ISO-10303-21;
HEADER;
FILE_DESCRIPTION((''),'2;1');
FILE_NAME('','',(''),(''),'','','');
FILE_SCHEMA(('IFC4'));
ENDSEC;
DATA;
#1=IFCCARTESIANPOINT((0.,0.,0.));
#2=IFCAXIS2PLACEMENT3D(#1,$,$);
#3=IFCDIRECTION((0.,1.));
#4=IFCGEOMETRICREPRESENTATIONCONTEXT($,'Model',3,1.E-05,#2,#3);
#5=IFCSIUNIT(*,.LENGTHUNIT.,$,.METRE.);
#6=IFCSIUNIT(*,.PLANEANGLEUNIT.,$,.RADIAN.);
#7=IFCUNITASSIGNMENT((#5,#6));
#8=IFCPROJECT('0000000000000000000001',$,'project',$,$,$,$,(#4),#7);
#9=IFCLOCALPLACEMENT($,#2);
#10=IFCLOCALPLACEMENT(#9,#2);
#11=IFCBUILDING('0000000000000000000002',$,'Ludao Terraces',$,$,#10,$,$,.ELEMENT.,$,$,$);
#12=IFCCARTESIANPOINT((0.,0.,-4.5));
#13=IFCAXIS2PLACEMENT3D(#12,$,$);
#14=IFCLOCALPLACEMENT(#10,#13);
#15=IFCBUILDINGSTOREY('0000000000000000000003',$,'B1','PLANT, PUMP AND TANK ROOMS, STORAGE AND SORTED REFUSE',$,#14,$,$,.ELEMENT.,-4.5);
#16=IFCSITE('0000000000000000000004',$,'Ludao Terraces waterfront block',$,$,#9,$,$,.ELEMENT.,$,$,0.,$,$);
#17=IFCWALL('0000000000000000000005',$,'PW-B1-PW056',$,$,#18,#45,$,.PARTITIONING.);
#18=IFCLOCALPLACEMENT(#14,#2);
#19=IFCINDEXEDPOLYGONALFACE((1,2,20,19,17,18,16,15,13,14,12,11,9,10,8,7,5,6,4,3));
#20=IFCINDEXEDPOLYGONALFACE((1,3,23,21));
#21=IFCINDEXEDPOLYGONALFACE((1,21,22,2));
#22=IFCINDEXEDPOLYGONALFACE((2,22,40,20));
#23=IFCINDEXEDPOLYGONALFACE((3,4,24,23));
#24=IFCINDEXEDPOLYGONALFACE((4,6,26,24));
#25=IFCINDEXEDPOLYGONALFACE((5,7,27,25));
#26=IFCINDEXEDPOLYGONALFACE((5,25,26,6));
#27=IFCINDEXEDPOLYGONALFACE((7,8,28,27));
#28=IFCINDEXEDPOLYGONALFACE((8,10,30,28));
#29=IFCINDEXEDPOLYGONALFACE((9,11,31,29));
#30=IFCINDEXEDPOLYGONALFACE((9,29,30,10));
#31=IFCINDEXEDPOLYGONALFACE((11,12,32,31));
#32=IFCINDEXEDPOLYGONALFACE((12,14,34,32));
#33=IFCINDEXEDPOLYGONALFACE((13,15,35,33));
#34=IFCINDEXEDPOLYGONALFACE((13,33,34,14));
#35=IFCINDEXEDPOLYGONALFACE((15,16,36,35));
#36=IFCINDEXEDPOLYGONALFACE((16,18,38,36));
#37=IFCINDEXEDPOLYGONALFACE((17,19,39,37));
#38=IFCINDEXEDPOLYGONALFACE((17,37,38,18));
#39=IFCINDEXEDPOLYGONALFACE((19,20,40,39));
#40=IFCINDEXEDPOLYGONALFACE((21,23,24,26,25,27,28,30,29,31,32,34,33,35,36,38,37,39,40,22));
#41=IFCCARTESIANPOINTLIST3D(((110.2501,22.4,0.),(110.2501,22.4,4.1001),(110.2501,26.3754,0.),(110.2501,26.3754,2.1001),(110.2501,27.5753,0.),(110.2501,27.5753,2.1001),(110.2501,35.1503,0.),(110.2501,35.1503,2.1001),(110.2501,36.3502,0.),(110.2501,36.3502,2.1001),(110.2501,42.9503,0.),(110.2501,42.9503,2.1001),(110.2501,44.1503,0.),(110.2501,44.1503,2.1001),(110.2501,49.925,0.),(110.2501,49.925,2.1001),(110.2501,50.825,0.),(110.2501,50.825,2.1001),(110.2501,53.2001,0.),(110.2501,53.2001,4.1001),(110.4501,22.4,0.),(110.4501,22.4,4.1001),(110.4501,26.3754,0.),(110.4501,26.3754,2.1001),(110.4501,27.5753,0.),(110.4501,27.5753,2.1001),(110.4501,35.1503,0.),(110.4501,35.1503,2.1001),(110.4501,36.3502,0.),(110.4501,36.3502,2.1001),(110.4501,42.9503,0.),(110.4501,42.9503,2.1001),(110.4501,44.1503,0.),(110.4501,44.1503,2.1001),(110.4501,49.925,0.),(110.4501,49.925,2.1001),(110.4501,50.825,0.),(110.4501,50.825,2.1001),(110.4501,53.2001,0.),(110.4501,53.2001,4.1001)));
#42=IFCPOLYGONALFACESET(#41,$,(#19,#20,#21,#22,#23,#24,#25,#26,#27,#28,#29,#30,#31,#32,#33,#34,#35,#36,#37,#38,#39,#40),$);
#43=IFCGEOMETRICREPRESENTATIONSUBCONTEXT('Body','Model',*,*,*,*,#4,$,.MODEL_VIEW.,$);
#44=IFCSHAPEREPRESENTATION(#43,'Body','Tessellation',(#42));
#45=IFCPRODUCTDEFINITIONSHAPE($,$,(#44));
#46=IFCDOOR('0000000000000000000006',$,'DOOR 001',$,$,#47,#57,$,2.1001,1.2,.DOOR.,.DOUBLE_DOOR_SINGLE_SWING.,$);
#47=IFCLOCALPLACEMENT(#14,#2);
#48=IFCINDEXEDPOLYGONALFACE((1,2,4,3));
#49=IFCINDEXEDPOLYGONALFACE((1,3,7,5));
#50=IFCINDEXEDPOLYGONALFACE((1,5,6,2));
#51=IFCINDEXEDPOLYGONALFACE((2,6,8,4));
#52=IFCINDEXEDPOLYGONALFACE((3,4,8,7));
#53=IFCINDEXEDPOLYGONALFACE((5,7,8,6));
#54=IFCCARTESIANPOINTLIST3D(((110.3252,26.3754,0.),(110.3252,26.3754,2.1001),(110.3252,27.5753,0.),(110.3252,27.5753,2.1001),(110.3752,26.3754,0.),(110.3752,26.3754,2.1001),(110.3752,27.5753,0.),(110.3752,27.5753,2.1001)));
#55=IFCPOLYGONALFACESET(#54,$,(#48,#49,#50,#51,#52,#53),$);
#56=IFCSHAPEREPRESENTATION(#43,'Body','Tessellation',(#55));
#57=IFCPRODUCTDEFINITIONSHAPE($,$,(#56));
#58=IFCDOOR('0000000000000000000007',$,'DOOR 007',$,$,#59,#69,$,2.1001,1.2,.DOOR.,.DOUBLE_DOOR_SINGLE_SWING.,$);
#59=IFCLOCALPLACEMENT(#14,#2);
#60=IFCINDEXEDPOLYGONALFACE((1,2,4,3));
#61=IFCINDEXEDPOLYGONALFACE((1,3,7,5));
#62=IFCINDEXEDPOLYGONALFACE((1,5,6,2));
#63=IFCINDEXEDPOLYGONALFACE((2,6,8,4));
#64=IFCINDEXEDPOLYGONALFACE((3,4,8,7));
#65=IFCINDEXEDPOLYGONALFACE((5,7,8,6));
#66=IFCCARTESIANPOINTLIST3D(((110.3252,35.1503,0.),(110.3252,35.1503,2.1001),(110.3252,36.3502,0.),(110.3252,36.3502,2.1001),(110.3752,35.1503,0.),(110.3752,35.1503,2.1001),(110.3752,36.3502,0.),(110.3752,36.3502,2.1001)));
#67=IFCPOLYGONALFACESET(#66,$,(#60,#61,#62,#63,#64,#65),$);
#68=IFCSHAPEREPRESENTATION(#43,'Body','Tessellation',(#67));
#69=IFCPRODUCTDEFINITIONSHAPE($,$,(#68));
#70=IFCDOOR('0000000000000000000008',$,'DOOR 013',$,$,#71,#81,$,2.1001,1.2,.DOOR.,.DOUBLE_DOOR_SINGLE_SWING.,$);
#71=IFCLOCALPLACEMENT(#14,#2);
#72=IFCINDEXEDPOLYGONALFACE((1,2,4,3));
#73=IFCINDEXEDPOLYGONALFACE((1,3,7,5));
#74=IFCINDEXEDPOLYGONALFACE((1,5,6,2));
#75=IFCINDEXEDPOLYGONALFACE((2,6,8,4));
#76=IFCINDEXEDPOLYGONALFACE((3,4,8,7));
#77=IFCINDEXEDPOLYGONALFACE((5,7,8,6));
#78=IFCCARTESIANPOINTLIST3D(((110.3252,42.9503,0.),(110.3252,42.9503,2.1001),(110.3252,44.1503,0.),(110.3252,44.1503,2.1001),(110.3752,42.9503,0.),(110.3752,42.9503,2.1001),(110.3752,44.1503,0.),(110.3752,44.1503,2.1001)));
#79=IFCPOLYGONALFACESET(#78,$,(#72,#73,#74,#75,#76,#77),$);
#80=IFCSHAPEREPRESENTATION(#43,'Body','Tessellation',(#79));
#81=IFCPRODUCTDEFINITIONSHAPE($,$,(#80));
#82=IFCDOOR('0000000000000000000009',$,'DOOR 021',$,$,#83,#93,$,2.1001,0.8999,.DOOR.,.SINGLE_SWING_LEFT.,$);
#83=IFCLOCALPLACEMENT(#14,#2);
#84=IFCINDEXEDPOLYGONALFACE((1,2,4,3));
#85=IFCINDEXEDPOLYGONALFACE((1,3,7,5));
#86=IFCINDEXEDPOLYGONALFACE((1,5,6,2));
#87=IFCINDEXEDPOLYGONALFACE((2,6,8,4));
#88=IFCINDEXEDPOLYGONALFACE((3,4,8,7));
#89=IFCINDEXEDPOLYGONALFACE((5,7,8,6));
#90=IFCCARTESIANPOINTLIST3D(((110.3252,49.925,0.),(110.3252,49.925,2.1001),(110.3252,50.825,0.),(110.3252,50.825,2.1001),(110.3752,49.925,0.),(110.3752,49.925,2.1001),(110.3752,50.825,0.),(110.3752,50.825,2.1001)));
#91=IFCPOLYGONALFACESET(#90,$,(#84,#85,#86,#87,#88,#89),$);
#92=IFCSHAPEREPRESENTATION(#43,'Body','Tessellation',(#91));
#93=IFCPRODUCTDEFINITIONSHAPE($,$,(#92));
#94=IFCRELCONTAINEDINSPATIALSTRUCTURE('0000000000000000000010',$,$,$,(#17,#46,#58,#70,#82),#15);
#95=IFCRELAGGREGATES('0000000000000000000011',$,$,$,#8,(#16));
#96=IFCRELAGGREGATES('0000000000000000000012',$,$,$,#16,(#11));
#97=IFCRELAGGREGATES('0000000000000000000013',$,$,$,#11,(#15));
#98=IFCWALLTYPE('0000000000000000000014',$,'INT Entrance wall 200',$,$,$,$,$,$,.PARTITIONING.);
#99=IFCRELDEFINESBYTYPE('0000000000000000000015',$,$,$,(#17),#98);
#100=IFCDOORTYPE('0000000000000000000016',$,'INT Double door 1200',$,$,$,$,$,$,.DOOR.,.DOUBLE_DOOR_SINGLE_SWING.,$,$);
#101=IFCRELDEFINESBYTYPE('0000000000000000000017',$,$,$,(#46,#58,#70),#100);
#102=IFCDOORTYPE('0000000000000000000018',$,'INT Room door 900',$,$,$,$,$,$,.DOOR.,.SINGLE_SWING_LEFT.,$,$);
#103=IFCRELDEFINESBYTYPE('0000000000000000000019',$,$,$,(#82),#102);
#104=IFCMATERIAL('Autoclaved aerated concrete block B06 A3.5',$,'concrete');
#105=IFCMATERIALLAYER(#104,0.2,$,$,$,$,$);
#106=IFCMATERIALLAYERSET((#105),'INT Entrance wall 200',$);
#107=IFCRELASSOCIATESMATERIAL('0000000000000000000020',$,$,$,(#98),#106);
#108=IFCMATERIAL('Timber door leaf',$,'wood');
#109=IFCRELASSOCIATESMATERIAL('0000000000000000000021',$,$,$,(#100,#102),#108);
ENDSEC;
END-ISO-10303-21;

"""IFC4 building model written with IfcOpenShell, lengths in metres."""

from ifc_helpers import new_model, si_unit, direction, frame, frame_2d, origin, place, context, subcontext, project, spatial, rectangle, extrude, material, layer, layer_set, type_object, element, fill, save


model = new_model("IFC4")

# Units and contexts
model_context = context("Model", 3, precision=1e-05, world=origin(), true_north=direction((0.0, 1.0)))
body_context = subcontext(model_context, "Body", "Model", "MODEL_VIEW")
ifc_project = project(units=[si_unit("LENGTHUNIT", "METRE"), si_unit("PLANEANGLEUNIT", "RADIAN")], contexts=[model_context])

# Site, building, storey
site_placement = place(None, origin())
site = spatial("IfcSite", under=ifc_project, at=site_placement, Name="Ludao Terraces waterfront block", CompositionType="ELEMENT", RefElevation=0.0)
building_placement = place(site_placement, origin())
building = spatial("IfcBuilding", under=site, at=building_placement, Name="Ludao Terraces", CompositionType="ELEMENT")
storey_placement = place(building_placement, frame((0.0, 0.0, -4.5)))
storey = spatial("IfcBuildingStorey", under=building, at=storey_placement, Name="B1", Description="PLANT, PUMP AND TANK ROOMS, STORAGE AND SORTED REFUSE", CompositionType="ELEMENT", Elevation=-4.5)

# Wall, openings, doors
ifc_material_1 = material(Name="Autoclaved aerated concrete block B06 A3.5", Category="concrete")
ifc_layer_1 = layer(ifc_material_1, 0.2)
ifc_layer_set_1 = layer_set([ifc_layer_1], Name="INT Entrance wall 200")
wall_type_1 = type_object("IfcWallType", Name="INT Entrance wall 200", PredefinedType="PARTITIONING", material=ifc_layer_set_1)
wall_1_placement = place(storey_placement, frame((110.3501, 22.4001, 0.0), z_axis=(0.0, 0.0, 1.0), x_axis=(0.0, 1.0, 0.0)))
wall_1 = element("IfcWall", 1, at=wall_1_placement, inside=storey, type_object=wall_type_1, Name="PW-B1-PW056", PredefinedType="PARTITIONING", context=body_context, shape_type="SweptSolid", body=[
    extrude(rectangle(XDim=30.8, YDim=0.2, at=frame_2d((15.3999, 0.0))), origin(), (0.0, 0.0, 1.0), 4.1001),
])
opening_1_placement = place(wall_1_placement, frame((3.9751, 0.0, 0.0)))
opening_1 = element("IfcOpeningElement", 2, at=opening_1_placement, cuts=wall_1, PredefinedType="OPENING", context=body_context, shape_type="SweptSolid", body=[
    extrude(rectangle(XDim=1.2, YDim=2.1001, at=frame_2d((0.6001, 1.05))), frame((0.0, 0.1099, 0.0), z_axis=(0.0, -1.0, 0.0), x_axis=(1.0, 0.0, 0.0)), (0.0, 0.0, 1.0), 0.22),
])
opening_2_placement = place(wall_1_placement, frame((12.75, 0.0, 0.0)))
opening_2 = element("IfcOpeningElement", 3, at=opening_2_placement, cuts=wall_1, PredefinedType="OPENING", context=body_context, shape_type="SweptSolid", body=[
    extrude(rectangle(XDim=1.2, YDim=2.1001, at=frame_2d((0.6001, 1.05))), frame((0.0, 0.1099, 0.0), z_axis=(0.0, -1.0, 0.0), x_axis=(1.0, 0.0, 0.0)), (0.0, 0.0, 1.0), 0.22),
])
opening_3_placement = place(wall_1_placement, frame((20.55, 0.0, 0.0)))
opening_3 = element("IfcOpeningElement", 4, at=opening_3_placement, cuts=wall_1, PredefinedType="OPENING", context=body_context, shape_type="SweptSolid", body=[
    extrude(rectangle(XDim=1.2, YDim=2.1001, at=frame_2d((0.6001, 1.05))), frame((0.0, 0.1099, 0.0), z_axis=(0.0, -1.0, 0.0), x_axis=(1.0, 0.0, 0.0)), (0.0, 0.0, 1.0), 0.22),
])
opening_4_placement = place(wall_1_placement, frame((27.5249, 0.0, 0.0)))
opening_4 = element("IfcOpeningElement", 5, at=opening_4_placement, cuts=wall_1, PredefinedType="OPENING", context=body_context, shape_type="SweptSolid", body=[
    extrude(rectangle(XDim=0.8999, YDim=2.1001, at=frame_2d((0.45, 1.05))), frame((0.0, 0.1099, 0.0), z_axis=(0.0, -1.0, 0.0), x_axis=(1.0, 0.0, 0.0)), (0.0, 0.0, 1.0), 0.22),
])
ifc_material_2 = material(Name="Timber door leaf", Category="wood")
door_type_1 = type_object("IfcDoorType", Name="INT Double door 1200", OperationType="DOUBLE_DOOR_SINGLE_SWING", PredefinedType="DOOR", material=ifc_material_2)
door_1_placement = place(opening_1_placement, origin())
door_1 = element("IfcDoor", 6, at=door_1_placement, inside=storey, type_object=door_type_1, Name="DOOR 001", OperationType="DOUBLE_DOOR_SINGLE_SWING", OverallHeight=2.1001, OverallWidth=1.2, PredefinedType="DOOR", context=body_context, shape_type="SweptSolid", body=[
    extrude(rectangle(XDim=1.2, YDim=2.1001, at=frame_2d((0.6001, 1.05))), frame((0.0, 0.0249, 0.0), z_axis=(0.0, -1.0, 0.0), x_axis=(1.0, 0.0, 0.0)), (0.0, 0.0, 1.0), 0.05),
])
fill(opening_1, door_1)
door_2_placement = place(opening_2_placement, origin())
door_2 = element("IfcDoor", 7, at=door_2_placement, inside=storey, type_object=door_type_1, Name="DOOR 007", OperationType="DOUBLE_DOOR_SINGLE_SWING", OverallHeight=2.1001, OverallWidth=1.2, PredefinedType="DOOR", context=body_context, shape_type="SweptSolid", body=[
    extrude(rectangle(XDim=1.2, YDim=2.1001, at=frame_2d((0.6001, 1.05))), frame((0.0, 0.0249, 0.0), z_axis=(0.0, -1.0, 0.0), x_axis=(1.0, 0.0, 0.0)), (0.0, 0.0, 1.0), 0.05),
])
fill(opening_2, door_2)
door_3_placement = place(opening_3_placement, origin())
door_3 = element("IfcDoor", 8, at=door_3_placement, inside=storey, type_object=door_type_1, Name="DOOR 013", OperationType="DOUBLE_DOOR_SINGLE_SWING", OverallHeight=2.1001, OverallWidth=1.2, PredefinedType="DOOR", context=body_context, shape_type="SweptSolid", body=[
    extrude(rectangle(XDim=1.2, YDim=2.1001, at=frame_2d((0.6001, 1.05))), frame((0.0, 0.0249, 0.0), z_axis=(0.0, -1.0, 0.0), x_axis=(1.0, 0.0, 0.0)), (0.0, 0.0, 1.0), 0.05),
])
fill(opening_3, door_3)
door_type_2 = type_object("IfcDoorType", Name="INT Room door 900", OperationType="SINGLE_SWING_LEFT", PredefinedType="DOOR", material=ifc_material_2)
door_4_placement = place(opening_4_placement, origin())
door_4 = element("IfcDoor", 9, at=door_4_placement, inside=storey, type_object=door_type_2, Name="DOOR 021", OperationType="SINGLE_SWING_LEFT", OverallHeight=2.1001, OverallWidth=0.8999, PredefinedType="DOOR", context=body_context, shape_type="SweptSolid", body=[
    extrude(rectangle(XDim=0.8999, YDim=2.1001, at=frame_2d((0.45, 1.05))), frame((0.0, 0.0249, 0.0), z_axis=(0.0, -1.0, 0.0), x_axis=(1.0, 0.0, 0.0)), (0.0, 0.0, 1.0), 0.05),
])
fill(opening_4, door_4)

save(model, "model.ifc")
